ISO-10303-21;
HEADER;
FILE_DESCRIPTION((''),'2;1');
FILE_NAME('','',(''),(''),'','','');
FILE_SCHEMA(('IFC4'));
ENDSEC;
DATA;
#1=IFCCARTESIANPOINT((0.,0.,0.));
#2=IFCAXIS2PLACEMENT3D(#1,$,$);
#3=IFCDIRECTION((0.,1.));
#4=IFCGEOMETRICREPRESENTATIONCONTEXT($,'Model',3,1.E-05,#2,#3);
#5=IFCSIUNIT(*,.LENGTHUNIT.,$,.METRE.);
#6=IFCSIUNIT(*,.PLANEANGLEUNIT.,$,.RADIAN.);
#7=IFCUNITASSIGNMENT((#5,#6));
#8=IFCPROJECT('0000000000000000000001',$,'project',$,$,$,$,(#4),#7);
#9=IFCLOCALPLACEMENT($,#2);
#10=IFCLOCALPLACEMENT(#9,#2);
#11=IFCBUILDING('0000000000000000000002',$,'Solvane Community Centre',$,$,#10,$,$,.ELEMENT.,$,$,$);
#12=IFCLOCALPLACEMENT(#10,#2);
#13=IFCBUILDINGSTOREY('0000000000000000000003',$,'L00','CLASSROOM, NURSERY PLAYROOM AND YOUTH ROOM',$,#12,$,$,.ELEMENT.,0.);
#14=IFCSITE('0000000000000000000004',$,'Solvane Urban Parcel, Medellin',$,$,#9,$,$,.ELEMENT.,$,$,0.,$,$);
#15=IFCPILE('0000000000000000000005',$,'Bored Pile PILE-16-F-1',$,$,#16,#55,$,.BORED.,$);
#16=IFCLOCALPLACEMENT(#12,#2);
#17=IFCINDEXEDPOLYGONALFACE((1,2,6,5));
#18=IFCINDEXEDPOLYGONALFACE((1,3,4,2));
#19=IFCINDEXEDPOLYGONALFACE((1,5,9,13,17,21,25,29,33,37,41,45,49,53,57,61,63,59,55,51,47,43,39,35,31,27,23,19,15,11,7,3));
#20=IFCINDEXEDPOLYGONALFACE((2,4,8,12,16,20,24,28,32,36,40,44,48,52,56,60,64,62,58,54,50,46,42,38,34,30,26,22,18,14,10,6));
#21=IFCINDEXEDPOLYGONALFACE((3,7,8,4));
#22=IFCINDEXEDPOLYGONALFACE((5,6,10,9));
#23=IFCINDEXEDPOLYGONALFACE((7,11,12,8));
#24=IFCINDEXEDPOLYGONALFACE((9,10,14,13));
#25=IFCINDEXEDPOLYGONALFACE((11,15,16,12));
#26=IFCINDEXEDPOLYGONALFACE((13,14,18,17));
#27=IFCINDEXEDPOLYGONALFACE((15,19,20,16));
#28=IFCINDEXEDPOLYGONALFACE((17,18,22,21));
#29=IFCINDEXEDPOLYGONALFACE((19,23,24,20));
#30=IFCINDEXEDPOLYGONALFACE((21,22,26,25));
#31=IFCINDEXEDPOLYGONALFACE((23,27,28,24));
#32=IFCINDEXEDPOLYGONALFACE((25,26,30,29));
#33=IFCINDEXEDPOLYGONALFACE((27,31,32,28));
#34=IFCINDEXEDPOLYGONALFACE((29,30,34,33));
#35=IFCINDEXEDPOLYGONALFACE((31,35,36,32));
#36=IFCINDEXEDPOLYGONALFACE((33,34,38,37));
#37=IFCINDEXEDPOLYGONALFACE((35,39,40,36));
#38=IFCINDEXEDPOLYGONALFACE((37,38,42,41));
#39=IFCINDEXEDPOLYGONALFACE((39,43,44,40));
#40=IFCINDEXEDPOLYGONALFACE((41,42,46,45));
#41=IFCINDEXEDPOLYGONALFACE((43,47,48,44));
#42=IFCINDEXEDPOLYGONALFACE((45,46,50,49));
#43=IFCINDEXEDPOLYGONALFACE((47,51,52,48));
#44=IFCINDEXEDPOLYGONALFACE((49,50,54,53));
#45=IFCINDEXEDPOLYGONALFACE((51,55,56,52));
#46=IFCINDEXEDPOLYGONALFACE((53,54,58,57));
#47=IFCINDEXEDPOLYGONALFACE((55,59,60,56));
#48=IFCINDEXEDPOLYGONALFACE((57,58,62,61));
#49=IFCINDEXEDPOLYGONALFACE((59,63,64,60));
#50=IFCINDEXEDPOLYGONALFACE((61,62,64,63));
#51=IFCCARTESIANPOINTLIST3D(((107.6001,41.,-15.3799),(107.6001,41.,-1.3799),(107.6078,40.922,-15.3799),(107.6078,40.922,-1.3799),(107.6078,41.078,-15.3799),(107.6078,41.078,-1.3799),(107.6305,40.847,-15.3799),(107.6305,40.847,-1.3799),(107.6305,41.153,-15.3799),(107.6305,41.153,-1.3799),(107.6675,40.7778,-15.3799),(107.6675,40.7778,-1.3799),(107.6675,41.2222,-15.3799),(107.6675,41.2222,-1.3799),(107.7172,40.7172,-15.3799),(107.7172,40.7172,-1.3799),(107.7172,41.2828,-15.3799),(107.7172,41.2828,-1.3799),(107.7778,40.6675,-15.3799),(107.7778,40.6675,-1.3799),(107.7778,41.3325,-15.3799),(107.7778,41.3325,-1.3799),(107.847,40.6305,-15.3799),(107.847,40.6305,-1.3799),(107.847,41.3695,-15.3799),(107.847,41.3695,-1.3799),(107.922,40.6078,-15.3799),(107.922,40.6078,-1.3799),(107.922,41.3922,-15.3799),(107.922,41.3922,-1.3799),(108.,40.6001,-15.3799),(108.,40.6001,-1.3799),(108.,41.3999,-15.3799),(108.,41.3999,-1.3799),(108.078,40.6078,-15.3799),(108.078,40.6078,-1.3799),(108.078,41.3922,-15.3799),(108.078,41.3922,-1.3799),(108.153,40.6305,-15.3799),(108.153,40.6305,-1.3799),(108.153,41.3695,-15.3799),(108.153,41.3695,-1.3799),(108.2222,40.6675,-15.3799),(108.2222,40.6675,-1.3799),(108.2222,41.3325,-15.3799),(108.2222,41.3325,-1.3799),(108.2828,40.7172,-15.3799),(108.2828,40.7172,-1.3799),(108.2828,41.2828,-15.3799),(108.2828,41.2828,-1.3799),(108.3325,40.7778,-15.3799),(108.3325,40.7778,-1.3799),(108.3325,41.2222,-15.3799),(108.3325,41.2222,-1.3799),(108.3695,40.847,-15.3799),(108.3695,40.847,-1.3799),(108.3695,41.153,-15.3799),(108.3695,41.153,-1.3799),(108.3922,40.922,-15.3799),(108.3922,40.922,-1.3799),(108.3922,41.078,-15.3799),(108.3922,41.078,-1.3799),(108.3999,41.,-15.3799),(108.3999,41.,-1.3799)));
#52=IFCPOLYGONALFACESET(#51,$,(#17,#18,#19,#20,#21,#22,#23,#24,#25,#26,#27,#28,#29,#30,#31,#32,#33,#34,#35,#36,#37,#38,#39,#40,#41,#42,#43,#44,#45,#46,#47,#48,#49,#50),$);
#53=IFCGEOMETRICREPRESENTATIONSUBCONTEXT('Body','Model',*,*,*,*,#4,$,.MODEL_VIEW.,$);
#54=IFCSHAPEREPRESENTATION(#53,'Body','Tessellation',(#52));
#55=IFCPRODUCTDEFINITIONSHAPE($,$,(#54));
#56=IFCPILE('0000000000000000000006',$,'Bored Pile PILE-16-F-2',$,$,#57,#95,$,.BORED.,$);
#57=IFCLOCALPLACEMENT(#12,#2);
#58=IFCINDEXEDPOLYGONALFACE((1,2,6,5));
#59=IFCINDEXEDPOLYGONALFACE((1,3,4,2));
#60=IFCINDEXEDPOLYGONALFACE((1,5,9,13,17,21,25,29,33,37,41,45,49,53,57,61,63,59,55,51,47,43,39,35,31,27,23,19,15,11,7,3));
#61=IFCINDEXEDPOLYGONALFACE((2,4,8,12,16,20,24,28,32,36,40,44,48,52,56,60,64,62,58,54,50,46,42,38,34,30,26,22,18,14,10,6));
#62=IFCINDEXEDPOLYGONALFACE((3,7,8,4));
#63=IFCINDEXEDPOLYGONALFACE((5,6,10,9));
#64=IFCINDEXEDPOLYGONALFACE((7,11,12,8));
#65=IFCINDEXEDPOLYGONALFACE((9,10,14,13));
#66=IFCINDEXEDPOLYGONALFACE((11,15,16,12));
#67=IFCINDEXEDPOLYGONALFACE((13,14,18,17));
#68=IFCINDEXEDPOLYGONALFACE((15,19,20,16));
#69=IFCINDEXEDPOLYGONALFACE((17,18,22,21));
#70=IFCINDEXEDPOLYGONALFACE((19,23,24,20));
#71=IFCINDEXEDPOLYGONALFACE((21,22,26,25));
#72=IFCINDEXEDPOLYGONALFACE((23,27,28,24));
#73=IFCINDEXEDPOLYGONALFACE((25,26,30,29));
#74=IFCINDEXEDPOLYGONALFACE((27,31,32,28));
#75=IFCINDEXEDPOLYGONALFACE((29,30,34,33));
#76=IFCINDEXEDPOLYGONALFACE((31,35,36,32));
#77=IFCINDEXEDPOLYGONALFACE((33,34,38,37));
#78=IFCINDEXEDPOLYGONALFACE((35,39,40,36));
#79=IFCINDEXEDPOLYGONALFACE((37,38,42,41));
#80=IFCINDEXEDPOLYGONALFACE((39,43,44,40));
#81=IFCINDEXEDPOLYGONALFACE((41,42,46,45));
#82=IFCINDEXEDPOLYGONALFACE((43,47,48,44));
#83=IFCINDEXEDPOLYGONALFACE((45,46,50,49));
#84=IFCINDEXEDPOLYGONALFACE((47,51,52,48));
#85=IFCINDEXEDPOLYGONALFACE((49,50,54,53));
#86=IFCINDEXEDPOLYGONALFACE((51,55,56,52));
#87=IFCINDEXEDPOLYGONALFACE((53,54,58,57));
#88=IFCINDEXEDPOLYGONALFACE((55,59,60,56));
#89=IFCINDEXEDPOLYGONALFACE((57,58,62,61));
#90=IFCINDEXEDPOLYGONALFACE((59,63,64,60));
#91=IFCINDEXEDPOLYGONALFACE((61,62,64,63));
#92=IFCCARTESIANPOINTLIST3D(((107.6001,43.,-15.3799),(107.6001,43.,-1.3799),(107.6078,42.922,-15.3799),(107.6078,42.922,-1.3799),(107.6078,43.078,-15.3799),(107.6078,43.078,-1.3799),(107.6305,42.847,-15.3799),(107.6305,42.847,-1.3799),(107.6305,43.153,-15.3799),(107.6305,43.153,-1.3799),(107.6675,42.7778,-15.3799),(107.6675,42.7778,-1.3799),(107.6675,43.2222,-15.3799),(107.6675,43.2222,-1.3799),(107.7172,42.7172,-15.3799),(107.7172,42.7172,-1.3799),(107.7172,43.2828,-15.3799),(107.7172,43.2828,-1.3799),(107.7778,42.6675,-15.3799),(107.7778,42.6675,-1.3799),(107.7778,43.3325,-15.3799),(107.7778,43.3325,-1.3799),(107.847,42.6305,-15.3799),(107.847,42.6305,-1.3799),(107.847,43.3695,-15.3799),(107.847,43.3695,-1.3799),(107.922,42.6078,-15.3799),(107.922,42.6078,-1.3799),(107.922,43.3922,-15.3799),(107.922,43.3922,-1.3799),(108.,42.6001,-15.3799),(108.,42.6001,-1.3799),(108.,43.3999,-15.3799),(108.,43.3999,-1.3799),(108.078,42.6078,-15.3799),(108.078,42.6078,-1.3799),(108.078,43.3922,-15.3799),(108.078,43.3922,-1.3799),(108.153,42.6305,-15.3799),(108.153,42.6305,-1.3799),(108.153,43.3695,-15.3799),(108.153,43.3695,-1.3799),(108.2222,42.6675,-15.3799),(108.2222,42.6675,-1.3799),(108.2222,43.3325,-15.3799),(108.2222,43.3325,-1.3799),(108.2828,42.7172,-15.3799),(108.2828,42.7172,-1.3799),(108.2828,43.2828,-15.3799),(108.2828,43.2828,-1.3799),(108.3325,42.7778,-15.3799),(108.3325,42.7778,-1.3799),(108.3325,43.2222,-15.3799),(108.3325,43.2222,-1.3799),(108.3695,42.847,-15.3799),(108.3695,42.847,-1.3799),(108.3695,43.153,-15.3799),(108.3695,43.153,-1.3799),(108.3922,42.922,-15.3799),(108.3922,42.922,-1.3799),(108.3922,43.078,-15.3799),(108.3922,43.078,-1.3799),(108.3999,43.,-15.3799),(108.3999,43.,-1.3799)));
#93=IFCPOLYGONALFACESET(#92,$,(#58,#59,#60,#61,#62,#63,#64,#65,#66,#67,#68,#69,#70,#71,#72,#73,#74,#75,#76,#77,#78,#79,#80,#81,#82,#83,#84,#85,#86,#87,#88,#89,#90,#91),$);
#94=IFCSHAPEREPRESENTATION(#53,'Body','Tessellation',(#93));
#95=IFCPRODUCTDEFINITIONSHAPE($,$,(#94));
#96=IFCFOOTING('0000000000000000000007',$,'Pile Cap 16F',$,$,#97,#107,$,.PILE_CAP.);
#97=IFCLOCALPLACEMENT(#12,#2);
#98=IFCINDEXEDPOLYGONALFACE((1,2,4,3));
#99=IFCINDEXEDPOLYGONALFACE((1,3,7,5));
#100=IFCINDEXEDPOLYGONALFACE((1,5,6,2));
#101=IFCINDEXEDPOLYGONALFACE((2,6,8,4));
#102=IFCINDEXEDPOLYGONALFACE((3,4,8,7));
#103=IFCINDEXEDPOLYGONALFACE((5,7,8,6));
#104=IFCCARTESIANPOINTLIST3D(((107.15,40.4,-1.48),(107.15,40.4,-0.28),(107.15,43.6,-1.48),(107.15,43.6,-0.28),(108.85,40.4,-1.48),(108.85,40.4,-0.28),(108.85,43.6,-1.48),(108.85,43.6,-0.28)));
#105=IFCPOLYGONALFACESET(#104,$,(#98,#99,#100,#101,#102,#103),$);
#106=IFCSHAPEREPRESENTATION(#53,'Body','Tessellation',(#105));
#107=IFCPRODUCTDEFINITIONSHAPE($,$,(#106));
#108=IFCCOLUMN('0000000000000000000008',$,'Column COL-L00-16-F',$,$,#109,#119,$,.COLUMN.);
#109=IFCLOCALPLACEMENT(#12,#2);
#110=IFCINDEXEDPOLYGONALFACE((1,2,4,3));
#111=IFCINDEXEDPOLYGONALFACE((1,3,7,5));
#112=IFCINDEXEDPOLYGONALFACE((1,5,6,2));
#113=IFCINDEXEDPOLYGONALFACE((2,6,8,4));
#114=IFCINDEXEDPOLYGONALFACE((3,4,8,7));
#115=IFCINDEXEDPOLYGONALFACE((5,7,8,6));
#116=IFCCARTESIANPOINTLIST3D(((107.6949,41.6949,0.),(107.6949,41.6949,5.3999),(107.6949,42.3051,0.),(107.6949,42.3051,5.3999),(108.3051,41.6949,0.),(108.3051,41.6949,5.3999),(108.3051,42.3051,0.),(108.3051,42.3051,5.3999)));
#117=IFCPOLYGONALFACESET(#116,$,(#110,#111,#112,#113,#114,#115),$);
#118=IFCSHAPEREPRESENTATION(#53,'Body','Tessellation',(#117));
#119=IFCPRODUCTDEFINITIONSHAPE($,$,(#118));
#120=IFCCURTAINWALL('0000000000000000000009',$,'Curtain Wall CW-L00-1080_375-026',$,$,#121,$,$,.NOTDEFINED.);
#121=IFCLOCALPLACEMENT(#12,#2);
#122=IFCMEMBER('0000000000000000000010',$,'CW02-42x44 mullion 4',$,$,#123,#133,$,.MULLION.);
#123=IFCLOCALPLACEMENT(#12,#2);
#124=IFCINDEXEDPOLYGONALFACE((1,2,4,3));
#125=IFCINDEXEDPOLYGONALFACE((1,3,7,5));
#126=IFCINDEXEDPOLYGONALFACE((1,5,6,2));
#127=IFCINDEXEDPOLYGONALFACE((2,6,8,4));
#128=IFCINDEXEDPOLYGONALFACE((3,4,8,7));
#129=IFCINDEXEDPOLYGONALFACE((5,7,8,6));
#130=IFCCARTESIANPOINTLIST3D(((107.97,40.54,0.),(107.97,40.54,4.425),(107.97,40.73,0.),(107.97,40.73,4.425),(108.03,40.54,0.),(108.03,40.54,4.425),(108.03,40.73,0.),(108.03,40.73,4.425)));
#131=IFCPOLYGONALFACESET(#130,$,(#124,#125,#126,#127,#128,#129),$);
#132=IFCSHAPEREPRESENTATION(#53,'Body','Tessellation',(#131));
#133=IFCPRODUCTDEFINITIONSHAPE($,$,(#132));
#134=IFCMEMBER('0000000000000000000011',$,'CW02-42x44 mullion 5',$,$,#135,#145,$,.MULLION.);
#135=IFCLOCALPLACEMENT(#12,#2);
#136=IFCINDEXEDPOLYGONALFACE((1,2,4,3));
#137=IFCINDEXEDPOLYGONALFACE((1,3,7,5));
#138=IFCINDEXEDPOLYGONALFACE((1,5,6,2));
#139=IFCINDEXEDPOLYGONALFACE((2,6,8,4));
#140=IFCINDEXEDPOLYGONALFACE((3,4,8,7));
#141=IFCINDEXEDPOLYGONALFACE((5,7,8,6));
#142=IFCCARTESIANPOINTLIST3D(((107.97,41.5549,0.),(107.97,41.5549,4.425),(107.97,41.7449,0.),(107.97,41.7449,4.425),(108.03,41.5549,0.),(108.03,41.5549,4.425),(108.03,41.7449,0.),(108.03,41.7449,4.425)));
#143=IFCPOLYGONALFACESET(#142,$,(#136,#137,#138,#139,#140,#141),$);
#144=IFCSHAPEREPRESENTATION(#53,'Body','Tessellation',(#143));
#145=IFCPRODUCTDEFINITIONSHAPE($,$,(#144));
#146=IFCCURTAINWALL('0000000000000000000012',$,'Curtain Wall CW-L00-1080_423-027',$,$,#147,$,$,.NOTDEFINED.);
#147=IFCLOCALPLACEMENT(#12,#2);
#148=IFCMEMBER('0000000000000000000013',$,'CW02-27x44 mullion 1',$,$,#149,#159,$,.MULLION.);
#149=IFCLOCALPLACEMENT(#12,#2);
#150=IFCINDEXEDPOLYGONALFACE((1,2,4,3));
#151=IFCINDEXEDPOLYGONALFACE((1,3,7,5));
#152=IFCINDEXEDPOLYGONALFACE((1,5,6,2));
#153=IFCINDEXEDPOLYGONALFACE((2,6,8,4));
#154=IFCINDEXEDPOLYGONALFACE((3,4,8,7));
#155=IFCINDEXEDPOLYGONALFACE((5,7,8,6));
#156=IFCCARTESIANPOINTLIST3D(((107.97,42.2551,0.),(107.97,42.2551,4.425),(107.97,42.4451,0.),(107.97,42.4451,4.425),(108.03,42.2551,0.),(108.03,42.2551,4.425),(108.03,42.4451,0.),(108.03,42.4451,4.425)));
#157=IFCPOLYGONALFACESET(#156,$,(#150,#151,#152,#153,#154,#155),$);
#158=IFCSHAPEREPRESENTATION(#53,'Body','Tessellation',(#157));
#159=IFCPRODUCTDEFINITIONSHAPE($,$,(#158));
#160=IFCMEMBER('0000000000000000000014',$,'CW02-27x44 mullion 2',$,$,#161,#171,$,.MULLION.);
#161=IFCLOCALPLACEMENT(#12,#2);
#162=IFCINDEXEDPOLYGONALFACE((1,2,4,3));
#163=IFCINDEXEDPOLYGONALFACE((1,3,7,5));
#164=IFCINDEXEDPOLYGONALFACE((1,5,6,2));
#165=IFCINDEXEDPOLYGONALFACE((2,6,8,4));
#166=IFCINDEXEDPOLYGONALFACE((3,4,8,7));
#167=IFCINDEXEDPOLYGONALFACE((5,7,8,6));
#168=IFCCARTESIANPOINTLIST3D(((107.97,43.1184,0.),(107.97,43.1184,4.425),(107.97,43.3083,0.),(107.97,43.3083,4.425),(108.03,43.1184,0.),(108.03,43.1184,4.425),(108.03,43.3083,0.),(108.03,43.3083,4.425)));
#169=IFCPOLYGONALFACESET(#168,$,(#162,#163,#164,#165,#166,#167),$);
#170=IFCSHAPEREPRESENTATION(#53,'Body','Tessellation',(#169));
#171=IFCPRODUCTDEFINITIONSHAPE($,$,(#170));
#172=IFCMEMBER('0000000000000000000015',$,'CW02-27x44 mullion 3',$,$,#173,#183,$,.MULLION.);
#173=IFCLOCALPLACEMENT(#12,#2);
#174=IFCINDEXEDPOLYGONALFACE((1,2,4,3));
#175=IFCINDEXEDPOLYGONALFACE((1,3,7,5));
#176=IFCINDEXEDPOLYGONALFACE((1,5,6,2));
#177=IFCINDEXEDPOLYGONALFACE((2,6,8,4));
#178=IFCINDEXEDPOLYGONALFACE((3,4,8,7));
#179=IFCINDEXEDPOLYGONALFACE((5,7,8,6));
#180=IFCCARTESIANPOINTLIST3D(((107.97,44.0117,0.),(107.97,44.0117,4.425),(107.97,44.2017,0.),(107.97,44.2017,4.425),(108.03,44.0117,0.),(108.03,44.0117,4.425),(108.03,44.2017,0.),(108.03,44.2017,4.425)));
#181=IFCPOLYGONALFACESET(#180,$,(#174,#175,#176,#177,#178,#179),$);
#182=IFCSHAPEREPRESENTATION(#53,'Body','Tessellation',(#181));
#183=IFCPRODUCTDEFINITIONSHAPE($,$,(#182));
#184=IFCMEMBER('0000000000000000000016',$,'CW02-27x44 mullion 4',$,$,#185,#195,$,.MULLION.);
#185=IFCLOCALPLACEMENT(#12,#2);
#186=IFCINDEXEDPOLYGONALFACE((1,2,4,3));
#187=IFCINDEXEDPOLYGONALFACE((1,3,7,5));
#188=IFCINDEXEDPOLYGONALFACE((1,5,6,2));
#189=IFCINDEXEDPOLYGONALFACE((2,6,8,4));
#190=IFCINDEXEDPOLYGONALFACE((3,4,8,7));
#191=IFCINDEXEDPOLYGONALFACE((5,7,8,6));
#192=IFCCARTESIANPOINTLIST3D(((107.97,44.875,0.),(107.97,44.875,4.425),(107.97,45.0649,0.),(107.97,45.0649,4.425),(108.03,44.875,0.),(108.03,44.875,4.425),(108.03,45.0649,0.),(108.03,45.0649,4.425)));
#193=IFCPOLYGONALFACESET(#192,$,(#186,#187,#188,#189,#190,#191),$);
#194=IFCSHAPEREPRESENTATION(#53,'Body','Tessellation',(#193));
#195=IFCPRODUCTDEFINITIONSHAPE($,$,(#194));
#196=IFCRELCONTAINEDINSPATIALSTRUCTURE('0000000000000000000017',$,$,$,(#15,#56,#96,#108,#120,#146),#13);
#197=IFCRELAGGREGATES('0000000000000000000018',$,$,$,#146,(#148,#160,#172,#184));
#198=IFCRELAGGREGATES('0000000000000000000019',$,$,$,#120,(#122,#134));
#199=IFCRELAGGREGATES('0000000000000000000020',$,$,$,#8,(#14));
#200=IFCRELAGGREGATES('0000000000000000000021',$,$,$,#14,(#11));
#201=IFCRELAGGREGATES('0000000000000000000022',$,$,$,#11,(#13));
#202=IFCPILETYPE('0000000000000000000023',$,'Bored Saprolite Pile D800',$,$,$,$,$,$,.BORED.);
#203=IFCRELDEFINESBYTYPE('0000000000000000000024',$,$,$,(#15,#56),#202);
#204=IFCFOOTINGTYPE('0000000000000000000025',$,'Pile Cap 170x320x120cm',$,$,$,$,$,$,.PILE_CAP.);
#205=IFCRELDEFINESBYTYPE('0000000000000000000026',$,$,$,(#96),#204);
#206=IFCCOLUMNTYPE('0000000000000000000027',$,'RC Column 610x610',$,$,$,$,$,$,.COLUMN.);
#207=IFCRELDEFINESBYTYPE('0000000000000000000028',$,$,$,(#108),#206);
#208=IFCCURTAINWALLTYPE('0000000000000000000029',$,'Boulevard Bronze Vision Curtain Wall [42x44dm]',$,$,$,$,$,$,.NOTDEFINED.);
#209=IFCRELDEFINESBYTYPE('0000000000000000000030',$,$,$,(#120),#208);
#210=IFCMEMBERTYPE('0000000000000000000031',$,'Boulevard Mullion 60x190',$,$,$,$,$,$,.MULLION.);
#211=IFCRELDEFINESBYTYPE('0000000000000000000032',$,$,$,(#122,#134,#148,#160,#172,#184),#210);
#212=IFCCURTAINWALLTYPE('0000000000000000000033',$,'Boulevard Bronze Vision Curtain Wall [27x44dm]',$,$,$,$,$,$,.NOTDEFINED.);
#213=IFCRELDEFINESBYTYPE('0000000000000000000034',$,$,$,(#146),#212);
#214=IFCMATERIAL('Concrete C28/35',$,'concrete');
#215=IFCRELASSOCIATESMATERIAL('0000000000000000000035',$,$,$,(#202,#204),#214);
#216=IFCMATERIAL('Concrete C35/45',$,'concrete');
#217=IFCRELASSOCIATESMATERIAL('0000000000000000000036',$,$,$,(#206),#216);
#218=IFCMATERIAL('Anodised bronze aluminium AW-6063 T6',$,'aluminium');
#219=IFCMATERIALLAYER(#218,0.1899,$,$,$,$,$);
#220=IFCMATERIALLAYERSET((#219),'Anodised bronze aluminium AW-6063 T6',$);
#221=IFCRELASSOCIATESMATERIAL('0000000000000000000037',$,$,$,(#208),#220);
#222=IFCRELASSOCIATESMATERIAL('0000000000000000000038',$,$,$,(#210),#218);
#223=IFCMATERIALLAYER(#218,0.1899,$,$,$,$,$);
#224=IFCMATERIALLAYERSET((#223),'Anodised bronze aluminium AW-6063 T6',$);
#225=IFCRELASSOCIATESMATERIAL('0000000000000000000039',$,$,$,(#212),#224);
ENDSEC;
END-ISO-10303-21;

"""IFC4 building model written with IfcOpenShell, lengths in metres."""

from ifc_helpers import new_model, si_unit, direction, frame, origin, origin_2d, place, context, subcontext, project, spatial, rectangle, circle, extrude, material, layer, layer_set, material_profile, profile_set, type_object, element, aggregate, save


model = new_model("IFC4")

# Units and contexts
model_context = context("Model", 3, precision=1e-05, world=origin(), true_north=direction((0.0, 1.0)))
body_context = subcontext(model_context, "Body", "Model", "MODEL_VIEW")
ifc_project = project(units=[si_unit("LENGTHUNIT", "METRE"), si_unit("PLANEANGLEUNIT", "RADIAN")], contexts=[model_context])

# Site, building, storey
site_placement = place(None, origin())
site = spatial("IfcSite", under=ifc_project, at=site_placement, Name="Solvane Urban Parcel, Medellin", CompositionType="ELEMENT", RefElevation=0.0)
building_placement = place(site_placement, origin())
building = spatial("IfcBuilding", under=site, at=building_placement, Name="Solvane Community Centre", CompositionType="ELEMENT")
storey_placement = place(building_placement, origin())
storey = spatial("IfcBuildingStorey", under=building, at=storey_placement, Name="L00", Description="CLASSROOM, NURSERY PLAYROOM AND YOUTH ROOM", CompositionType="ELEMENT", Elevation=0.0)

# Piles
ifc_material_1 = material(Name="Concrete C28/35", Category="concrete")
ifc_material_profile_1 = material_profile(ifc_material_1, circle(Radius=0.3999, at=origin_2d()), Name="PILE D800")
ifc_profile_set_1 = profile_set([ifc_material_profile_1], Name="Concrete C28/35")
pile_type = type_object("IfcPileType", Name="Bored Saprolite Pile D800", PredefinedType="BORED", material=ifc_profile_set_1)
for number, where, z_axis, x_axis, name in (
    (1, (108.0, 41.0, -1.3799), (0.0, 0.0, -1.0), (1.0, 0.0, 0.0), "Bored Pile PILE-16-F-1"),
    (2, (108.0, 43.0, -1.3799), (0.0, 0.0, -1.0), (1.0, 0.0, 0.0), "Bored Pile PILE-16-F-2"),
):
    element("IfcPile", number, at=place(storey_placement, frame(where, z_axis=z_axis, x_axis=x_axis)), inside=storey, type_object=pile_type, Name=name, PredefinedType="BORED", context=body_context, shape_type="SweptSolid", body=[
        extrude(circle(Radius=0.3999, at=origin_2d()), origin(), (0.0, 0.0, 1.0), 14.0),
    ])

# Footing
footing_type = type_object("IfcFootingType", Name="Pile Cap 170x320x120cm", PredefinedType="PILE_CAP", material=ifc_material_1)
footing_placement = place(storey_placement, frame((108.0, 42.0, -1.48), z_axis=(0.0, 0.0, 1.0), x_axis=(1.0, 0.0, 0.0)))
element("IfcFooting", 3, at=footing_placement, inside=storey, type_object=footing_type, Name="Pile Cap 16F", PredefinedType="PILE_CAP", context=body_context, shape_type="SweptSolid", body=[
    extrude(rectangle(XDim=1.7, YDim=3.2, at=origin_2d()), origin(), (0.0, 0.0, 1.0), 1.2),
])

# Column
ifc_material_2 = material(Name="Concrete C35/45", Category="concrete")
ifc_material_profile_2 = material_profile(ifc_material_2, rectangle(XDim=0.6101, YDim=0.6101, at=origin_2d()), Name="RC 610x610")
ifc_profile_set_2 = profile_set([ifc_material_profile_2], Name="Concrete C35/45")
column_type = type_object("IfcColumnType", Name="RC Column 610x610", PredefinedType="COLUMN", material=ifc_profile_set_2)
column_placement = place(storey_placement, frame((108.0, 42.0, 0.0), z_axis=(0.0, 0.0, 1.0), x_axis=(1.0, 0.0, 0.0)))
element("IfcColumn", 4, at=column_placement, inside=storey, type_object=column_type, Name="Column COL-L00-16-F", PredefinedType="COLUMN", context=body_context, shape_type="SweptSolid", body=[
    extrude(rectangle(XDim=0.6101, YDim=0.6101, at=origin_2d()), origin(), (0.0, 0.0, 1.0), 5.3999),
])

# Curtain walls, members
ifc_material_3 = material(Name="Anodised bronze aluminium AW-6063 T6", Category="aluminium")
ifc_layer_1 = layer(ifc_material_3, 0.1899)
ifc_layer_set_1 = layer_set([ifc_layer_1], Name="Anodised bronze aluminium AW-6063 T6")
curtain_wall_type_1 = type_object("IfcCurtainWallType", Name="Boulevard Bronze Vision Curtain Wall [42x44dm]", PredefinedType="NOTDEFINED", material=ifc_layer_set_1)
curtain_wall_1_placement = place(storey_placement, origin())
curtain_wall_1 = element("IfcCurtainWall", 5, at=curtain_wall_1_placement, inside=storey, type_object=curtain_wall_type_1, Name="Curtain Wall CW-L00-1080_375-026", PredefinedType="NOTDEFINED")
ifc_material_profile_3 = material_profile(ifc_material_3, rectangle(XDim=0.0601, YDim=0.1899, at=origin_2d()), Name="CW-M 60x190")
ifc_profile_set_3 = profile_set([ifc_material_profile_3], Name="Anodised bronze aluminium AW-6063 T6")
member_type_1 = type_object("IfcMemberType", Name="Boulevard Mullion 60x190", PredefinedType="MULLION", material=ifc_profile_set_3)
member_1_placement = place(storey_placement, frame((108.0, 40.635, 0.0), z_axis=(0.0, 0.0, 1.0), x_axis=(-1.0, 0.0, 0.0)))
member_1 = element("IfcMember", 6, at=member_1_placement, type_object=member_type_1, Name="CW02-42x44 mullion 4", PredefinedType="MULLION", context=body_context, shape_type="SweptSolid", body=[
    extrude(rectangle(XDim=0.0601, YDim=0.1899, at=origin_2d()), origin(), (0.0, 0.0, 1.0), 4.425),
])
member_2_placement = place(storey_placement, frame((108.0, 41.6499, 0.0), z_axis=(0.0, 0.0, 1.0), x_axis=(-1.0, 0.0, 0.0)))
member_2 = element("IfcMember", 7, at=member_2_placement, type_object=member_type_1, Name="CW02-42x44 mullion 5", PredefinedType="MULLION", context=body_context, shape_type="SweptSolid", body=[
    extrude(rectangle(XDim=0.0601, YDim=0.1899, at=origin_2d()), origin(), (0.0, 0.0, 1.0), 4.425),
])
ifc_layer_2 = layer(ifc_material_3, 0.1899)
ifc_layer_set_2 = layer_set([ifc_layer_2], Name="Anodised bronze aluminium AW-6063 T6")
curtain_wall_type_2 = type_object("IfcCurtainWallType", Name="Boulevard Bronze Vision Curtain Wall [27x44dm]", PredefinedType="NOTDEFINED", material=ifc_layer_set_2)
curtain_wall_2_placement = place(storey_placement, origin())
curtain_wall_2 = element("IfcCurtainWall", 8, at=curtain_wall_2_placement, inside=storey, type_object=curtain_wall_type_2, Name="Curtain Wall CW-L00-1080_423-027", PredefinedType="NOTDEFINED")
member_3_placement = place(storey_placement, frame((108.0, 42.3501, 0.0), z_axis=(0.0, 0.0, 1.0), x_axis=(-1.0, 0.0, 0.0)))
member_3 = element("IfcMember", 9, at=member_3_placement, type_object=member_type_1, Name="CW02-27x44 mullion 1", PredefinedType="MULLION", context=body_context, shape_type="SweptSolid", body=[
    extrude(rectangle(XDim=0.0601, YDim=0.1899, at=origin_2d()), origin(), (0.0, 0.0, 1.0), 4.425),
])
member_4_placement = place(storey_placement, frame((108.0, 43.2134, 0.0), z_axis=(0.0, 0.0, 1.0), x_axis=(-1.0, 0.0, 0.0)))
member_4 = element("IfcMember", 10, at=member_4_placement, type_object=member_type_1, Name="CW02-27x44 mullion 2", PredefinedType="MULLION", context=body_context, shape_type="SweptSolid", body=[
    extrude(rectangle(XDim=0.0601, YDim=0.1899, at=origin_2d()), origin(), (0.0, 0.0, 1.0), 4.425),
])
member_5_placement = place(storey_placement, frame((108.0, 44.1067, 0.0), z_axis=(0.0, 0.0, 1.0), x_axis=(-1.0, 0.0, 0.0)))
member_5 = element("IfcMember", 11, at=member_5_placement, type_object=member_type_1, Name="CW02-27x44 mullion 3", PredefinedType="MULLION", context=body_context, shape_type="SweptSolid", body=[
    extrude(rectangle(XDim=0.0601, YDim=0.1899, at=origin_2d()), origin(), (0.0, 0.0, 1.0), 4.425),
])
member_6_placement = place(storey_placement, frame((108.0, 44.97, 0.0), z_axis=(0.0, 0.0, 1.0), x_axis=(-1.0, 0.0, 0.0)))
member_6 = element("IfcMember", 12, at=member_6_placement, type_object=member_type_1, Name="CW02-27x44 mullion 4", PredefinedType="MULLION", context=body_context, shape_type="SweptSolid", body=[
    extrude(rectangle(XDim=0.0601, YDim=0.1899, at=origin_2d()), origin(), (0.0, 0.0, 1.0), 4.425),
])

aggregate(curtain_wall_2, [member_3, member_4, member_5, member_6])
aggregate(curtain_wall_1, [member_1, member_2])

save(model, "model.ifc")
